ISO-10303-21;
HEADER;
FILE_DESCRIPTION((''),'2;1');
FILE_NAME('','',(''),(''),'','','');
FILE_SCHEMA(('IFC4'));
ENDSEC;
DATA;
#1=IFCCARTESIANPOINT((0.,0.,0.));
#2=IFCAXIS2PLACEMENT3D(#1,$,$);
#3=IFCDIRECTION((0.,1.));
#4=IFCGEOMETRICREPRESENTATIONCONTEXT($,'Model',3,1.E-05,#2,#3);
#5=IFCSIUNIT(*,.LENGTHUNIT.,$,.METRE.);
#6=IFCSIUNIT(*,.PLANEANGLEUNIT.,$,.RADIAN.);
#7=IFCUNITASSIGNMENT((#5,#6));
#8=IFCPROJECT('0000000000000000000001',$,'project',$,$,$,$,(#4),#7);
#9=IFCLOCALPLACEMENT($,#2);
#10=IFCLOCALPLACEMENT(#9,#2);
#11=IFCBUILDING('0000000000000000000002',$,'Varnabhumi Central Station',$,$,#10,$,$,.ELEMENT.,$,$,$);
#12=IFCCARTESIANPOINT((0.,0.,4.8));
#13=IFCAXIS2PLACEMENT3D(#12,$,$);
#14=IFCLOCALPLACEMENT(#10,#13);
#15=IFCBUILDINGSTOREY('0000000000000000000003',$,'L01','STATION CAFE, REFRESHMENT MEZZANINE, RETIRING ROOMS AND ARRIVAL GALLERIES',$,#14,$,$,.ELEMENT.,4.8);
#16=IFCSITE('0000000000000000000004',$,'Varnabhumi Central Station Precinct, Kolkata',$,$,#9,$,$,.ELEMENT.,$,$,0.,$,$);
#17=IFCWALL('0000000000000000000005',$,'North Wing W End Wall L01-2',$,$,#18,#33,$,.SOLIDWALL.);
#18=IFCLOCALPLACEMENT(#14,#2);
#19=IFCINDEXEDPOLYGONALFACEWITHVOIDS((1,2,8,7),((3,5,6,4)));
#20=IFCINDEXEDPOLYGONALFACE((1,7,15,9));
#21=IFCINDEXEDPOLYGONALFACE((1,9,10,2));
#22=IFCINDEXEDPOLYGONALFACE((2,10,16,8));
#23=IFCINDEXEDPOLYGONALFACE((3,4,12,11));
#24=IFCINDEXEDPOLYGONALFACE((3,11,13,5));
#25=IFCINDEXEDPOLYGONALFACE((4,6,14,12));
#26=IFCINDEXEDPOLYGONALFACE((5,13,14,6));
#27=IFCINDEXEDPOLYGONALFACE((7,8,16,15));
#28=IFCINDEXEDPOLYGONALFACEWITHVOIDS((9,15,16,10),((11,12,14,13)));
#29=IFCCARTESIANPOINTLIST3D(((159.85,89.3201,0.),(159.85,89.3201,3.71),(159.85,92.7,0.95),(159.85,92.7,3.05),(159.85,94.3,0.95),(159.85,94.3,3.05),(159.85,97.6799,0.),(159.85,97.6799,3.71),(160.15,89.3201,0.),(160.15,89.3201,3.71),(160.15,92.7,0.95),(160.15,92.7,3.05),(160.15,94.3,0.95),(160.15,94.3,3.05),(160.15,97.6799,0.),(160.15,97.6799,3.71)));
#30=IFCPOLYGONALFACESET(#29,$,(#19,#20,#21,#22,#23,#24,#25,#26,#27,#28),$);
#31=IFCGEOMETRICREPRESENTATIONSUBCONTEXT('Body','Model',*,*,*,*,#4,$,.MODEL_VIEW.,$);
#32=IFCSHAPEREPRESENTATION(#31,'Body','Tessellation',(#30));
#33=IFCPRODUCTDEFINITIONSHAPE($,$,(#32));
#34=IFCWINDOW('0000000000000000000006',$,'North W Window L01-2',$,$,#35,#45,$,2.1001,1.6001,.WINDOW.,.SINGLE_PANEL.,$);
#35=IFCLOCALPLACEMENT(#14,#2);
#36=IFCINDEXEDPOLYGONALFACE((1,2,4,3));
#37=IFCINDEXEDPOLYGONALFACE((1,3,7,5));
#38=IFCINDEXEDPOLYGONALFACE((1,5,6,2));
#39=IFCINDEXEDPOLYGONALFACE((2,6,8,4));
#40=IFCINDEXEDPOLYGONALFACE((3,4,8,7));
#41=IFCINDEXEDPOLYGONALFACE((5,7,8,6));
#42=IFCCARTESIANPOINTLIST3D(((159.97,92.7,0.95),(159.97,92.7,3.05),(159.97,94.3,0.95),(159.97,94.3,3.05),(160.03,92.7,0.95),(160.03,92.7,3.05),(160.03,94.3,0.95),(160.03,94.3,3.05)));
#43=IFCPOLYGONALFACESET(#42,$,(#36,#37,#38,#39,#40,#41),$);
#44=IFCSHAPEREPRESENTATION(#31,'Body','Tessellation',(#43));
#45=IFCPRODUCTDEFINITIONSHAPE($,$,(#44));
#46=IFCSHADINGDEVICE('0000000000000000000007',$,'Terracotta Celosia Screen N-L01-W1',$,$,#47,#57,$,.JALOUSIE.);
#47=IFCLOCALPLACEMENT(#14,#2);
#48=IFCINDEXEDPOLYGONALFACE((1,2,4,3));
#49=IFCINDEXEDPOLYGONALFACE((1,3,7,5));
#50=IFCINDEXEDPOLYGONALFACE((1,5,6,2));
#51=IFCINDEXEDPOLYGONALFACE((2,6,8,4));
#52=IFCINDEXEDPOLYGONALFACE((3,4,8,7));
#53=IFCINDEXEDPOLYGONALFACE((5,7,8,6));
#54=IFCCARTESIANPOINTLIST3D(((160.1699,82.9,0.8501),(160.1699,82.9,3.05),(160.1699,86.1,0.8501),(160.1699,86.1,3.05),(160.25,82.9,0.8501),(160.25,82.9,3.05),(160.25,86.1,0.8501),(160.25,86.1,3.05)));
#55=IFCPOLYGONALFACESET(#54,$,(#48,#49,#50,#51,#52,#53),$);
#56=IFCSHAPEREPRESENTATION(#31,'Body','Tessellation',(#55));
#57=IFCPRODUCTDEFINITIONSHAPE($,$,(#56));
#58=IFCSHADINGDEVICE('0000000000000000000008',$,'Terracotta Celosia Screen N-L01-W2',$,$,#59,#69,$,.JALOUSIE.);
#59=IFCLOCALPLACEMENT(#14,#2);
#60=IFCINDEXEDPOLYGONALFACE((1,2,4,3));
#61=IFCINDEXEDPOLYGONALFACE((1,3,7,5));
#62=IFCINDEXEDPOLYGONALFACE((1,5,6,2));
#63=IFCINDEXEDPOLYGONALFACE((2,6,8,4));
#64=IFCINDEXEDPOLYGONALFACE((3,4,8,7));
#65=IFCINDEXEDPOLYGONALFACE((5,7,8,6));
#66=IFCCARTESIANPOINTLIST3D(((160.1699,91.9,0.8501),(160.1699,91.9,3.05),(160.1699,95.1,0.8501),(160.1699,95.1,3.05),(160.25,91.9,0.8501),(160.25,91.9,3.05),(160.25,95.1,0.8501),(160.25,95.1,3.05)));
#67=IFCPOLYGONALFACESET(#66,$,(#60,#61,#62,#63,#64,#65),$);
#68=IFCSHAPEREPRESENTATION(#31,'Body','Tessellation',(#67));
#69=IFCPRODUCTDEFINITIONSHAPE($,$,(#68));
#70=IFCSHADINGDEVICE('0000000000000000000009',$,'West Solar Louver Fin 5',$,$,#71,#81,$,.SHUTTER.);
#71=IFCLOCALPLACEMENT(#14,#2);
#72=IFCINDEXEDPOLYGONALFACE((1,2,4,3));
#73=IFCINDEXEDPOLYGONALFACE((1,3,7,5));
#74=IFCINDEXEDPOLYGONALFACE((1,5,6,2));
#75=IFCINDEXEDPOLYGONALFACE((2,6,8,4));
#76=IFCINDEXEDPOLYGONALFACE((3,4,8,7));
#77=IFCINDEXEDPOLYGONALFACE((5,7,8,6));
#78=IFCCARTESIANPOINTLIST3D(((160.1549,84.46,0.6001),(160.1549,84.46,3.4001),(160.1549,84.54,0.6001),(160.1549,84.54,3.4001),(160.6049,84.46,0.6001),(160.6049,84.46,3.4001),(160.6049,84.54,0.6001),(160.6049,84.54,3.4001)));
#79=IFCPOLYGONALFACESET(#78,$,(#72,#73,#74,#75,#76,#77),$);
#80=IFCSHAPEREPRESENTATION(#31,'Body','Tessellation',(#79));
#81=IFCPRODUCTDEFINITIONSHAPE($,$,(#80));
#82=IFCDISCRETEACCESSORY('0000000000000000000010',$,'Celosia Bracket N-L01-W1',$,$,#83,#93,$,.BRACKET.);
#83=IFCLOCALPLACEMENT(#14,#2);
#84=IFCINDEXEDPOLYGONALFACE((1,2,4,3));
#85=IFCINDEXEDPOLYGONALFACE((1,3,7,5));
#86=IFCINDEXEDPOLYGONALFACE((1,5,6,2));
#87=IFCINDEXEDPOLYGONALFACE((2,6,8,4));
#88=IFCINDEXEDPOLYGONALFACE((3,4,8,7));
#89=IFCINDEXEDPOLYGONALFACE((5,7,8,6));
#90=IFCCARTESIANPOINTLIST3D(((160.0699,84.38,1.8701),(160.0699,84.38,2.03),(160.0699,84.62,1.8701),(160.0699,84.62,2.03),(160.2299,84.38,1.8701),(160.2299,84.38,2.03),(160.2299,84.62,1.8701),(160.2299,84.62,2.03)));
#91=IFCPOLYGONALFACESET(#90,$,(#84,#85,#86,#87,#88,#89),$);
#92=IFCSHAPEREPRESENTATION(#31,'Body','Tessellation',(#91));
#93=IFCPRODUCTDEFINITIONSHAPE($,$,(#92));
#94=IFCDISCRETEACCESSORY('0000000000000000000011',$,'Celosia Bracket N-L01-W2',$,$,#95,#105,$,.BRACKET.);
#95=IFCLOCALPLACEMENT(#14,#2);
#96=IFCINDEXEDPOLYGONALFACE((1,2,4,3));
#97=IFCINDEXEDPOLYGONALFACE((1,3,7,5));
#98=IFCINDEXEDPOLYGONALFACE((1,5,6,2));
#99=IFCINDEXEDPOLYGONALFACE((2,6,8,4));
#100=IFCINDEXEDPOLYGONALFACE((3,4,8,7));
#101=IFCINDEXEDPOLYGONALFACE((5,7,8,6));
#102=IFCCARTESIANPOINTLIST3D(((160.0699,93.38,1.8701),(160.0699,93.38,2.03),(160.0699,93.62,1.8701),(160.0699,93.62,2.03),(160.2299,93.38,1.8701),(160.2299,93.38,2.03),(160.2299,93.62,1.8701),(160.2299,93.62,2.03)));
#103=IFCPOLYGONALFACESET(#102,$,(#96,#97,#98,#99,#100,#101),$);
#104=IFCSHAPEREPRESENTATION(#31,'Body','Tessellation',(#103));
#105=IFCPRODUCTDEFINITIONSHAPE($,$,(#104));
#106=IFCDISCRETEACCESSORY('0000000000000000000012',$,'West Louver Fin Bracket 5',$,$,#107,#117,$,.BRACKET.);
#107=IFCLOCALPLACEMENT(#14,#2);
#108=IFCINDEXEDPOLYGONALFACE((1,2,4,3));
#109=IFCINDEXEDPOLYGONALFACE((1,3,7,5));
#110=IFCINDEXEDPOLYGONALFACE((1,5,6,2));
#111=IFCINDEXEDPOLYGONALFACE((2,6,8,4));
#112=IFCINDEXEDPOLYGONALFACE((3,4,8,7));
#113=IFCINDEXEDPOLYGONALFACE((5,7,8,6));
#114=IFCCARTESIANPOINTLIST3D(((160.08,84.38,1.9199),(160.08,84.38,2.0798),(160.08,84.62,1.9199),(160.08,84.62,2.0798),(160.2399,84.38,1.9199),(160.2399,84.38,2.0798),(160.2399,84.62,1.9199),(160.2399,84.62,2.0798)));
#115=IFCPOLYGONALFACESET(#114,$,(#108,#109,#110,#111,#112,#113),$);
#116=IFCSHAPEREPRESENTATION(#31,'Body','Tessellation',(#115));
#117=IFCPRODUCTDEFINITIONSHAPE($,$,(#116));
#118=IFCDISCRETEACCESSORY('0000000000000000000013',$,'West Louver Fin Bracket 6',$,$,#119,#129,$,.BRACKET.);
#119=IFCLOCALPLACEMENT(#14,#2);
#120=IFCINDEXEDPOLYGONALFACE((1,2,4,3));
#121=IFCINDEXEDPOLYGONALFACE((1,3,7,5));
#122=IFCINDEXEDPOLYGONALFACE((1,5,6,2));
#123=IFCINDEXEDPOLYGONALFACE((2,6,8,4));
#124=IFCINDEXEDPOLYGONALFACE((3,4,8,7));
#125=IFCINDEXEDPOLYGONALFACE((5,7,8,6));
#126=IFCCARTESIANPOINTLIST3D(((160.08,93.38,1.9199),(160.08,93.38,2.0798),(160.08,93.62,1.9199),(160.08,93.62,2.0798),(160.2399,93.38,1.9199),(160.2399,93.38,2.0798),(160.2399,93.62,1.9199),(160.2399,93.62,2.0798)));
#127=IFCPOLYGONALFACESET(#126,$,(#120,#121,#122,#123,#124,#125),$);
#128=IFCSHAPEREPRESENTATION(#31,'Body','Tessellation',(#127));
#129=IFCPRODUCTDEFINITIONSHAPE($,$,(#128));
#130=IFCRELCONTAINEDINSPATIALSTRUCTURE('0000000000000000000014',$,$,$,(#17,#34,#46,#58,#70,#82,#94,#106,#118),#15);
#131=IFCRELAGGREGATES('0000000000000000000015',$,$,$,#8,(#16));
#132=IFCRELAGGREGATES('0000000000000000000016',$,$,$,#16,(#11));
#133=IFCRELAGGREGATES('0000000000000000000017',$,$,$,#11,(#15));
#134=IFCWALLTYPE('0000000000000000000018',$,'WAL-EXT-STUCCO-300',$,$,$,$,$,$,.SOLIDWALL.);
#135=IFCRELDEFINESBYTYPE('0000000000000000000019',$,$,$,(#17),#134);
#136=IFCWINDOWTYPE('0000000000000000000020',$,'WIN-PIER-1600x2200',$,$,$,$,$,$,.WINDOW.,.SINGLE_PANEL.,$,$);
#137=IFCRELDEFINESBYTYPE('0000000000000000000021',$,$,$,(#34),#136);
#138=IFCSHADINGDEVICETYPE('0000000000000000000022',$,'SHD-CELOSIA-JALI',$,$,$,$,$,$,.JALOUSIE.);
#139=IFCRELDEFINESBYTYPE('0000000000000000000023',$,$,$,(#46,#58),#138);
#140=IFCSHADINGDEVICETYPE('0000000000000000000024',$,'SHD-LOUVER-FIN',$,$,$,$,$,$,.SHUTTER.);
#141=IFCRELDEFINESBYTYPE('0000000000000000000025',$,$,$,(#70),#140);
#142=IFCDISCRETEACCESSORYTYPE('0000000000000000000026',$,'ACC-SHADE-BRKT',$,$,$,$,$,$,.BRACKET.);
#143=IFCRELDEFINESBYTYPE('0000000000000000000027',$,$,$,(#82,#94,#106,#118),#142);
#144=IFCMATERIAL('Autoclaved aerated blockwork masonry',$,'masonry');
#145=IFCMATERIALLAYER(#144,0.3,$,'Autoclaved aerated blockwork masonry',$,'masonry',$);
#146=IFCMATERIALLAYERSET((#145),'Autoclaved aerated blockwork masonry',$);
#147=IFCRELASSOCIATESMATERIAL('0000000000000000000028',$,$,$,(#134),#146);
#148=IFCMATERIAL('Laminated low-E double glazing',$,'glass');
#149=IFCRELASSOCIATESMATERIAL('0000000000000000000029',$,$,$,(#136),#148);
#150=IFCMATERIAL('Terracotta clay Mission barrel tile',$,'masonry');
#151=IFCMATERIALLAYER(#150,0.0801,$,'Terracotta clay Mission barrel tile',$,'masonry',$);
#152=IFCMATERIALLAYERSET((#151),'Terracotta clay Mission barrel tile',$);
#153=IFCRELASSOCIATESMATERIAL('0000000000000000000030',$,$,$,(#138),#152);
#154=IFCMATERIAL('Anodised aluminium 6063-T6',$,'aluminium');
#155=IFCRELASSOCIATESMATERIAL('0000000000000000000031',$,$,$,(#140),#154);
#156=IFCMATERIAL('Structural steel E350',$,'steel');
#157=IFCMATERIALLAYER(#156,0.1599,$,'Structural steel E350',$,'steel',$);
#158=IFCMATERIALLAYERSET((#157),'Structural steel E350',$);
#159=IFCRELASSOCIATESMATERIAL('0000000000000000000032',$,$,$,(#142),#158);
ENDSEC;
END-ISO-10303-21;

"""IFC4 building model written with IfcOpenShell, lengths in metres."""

from ifc_helpers import new_model, si_unit, direction, frame, frame_2d, origin, origin_2d, place, context, subcontext, project, spatial, rectangle, extrude, material, layer, layer_set, type_object, element, fill, save


model = new_model("IFC4")

# Units and contexts
model_context = context("Model", 3, precision=1e-05, world=origin(), true_north=direction((0.0, 1.0)))
body_context = subcontext(model_context, "Body", "Model", "MODEL_VIEW")
ifc_project = project(units=[si_unit("LENGTHUNIT", "METRE"), si_unit("PLANEANGLEUNIT", "RADIAN")], contexts=[model_context])

# Site, building, storey
site_placement = place(None, origin())
site = spatial("IfcSite", under=ifc_project, at=site_placement, Name="Varnabhumi Central Station Precinct, Kolkata", CompositionType="ELEMENT", RefElevation=0.0)
building_placement = place(site_placement, origin())
building = spatial("IfcBuilding", under=site, at=building_placement, Name="Varnabhumi Central Station", CompositionType="ELEMENT")
storey_placement = place(building_placement, frame((0.0, 0.0, 4.8)))
storey = spatial("IfcBuildingStorey", under=building, at=storey_placement, Name="L01", Description="STATION CAFE, REFRESHMENT MEZZANINE, RETIRING ROOMS AND ARRIVAL GALLERIES", CompositionType="ELEMENT", Elevation=4.8)

# Shared definitions
ifc_material_1 = material(Name="Structural steel E350", Category="steel")

# Shared definitions
ifc_material_2 = material(Name="Anodised aluminium 6063-T6", Category="aluminium")

# Wall, opening, window
ifc_material_3 = material(Name="Autoclaved aerated blockwork masonry", Category="masonry")
ifc_layer_1 = layer(ifc_material_3, 0.3, Name="Autoclaved aerated blockwork masonry", Category="masonry")
ifc_layer_set_1 = layer_set([ifc_layer_1], Name="Autoclaved aerated blockwork masonry")
wall_type = type_object("IfcWallType", Name="WAL-EXT-STUCCO-300", PredefinedType="SOLIDWALL", material=ifc_layer_set_1)
ifc_material_4 = material(Name="Laminated low-E double glazing", Category="glass")
window_type = type_object("IfcWindowType", Name="WIN-PIER-1600x2200", PartitioningType="SINGLE_PANEL", PredefinedType="WINDOW", material=ifc_material_4)
wall_1_placement = place(storey_placement, frame((160.0, 89.3201, 0.0), z_axis=(0.0, 0.0, 1.0), x_axis=(0.0, 1.0, 0.0)))
wall_1 = element("IfcWall", 1, at=wall_1_placement, inside=storey, type_object=wall_type, Name="North Wing W End Wall L01-2", PredefinedType="SOLIDWALL", context=body_context, shape_type="SweptSolid", body=[
    extrude(rectangle(XDim=8.3599, YDim=0.3, at=frame_2d((4.1799, 0.0))), origin(), (0.0, 0.0, 1.0), 3.71),
])
opening_1_placement = place(wall_1_placement, frame((3.3799, 0.0, 0.95)))
opening_1 = element("IfcOpeningElement", 2, at=opening_1_placement, cuts=wall_1, PredefinedType="OPENING", context=body_context, shape_type="SweptSolid", body=[
    extrude(rectangle(XDim=1.6001, YDim=2.1001, at=frame_2d((0.8, 1.05))), frame((0.0, 0.1599, 0.0), z_axis=(0.0, -1.0, 0.0), x_axis=(1.0, 0.0, 0.0)), (0.0, 0.0, 1.0), 0.3201),
])
window_1_placement = place(opening_1_placement, origin())
window_1 = element("IfcWindow", 3, at=window_1_placement, inside=storey, type_object=window_type, Name="North W Window L01-2", OverallHeight=2.1001, OverallWidth=1.6001, PartitioningType="SINGLE_PANEL", PredefinedType="WINDOW", context=body_context, shape_type="SweptSolid", body=[
    extrude(rectangle(XDim=1.6001, YDim=2.1001, at=frame_2d((0.8, 1.05))), frame((0.0, 0.03, 0.0), z_axis=(0.0, -1.0, 0.0), x_axis=(1.0, 0.0, 0.0)), (0.0, 0.0, 1.0), 0.0601),
])
fill(opening_1, window_1)

# Shading devices
ifc_material_5 = material(Name="Terracotta clay Mission barrel tile", Category="masonry")
ifc_layer_2 = layer(ifc_material_5, 0.0801, Name="Terracotta clay Mission barrel tile", Category="masonry")
ifc_layer_set_2 = layer_set([ifc_layer_2], Name="Terracotta clay Mission barrel tile")
shading_device_type_1 = type_object("IfcShadingDeviceType", Name="SHD-CELOSIA-JALI", PredefinedType="JALOUSIE", material=ifc_layer_set_2)
for number, where, z_axis, x_axis, name in (
    (4, (160.21, 84.5, 0.8501), (0.0, 0.0, 1.0), (1.0, 0.0, 0.0), "Terracotta Celosia Screen N-L01-W1"),
    (5, (160.21, 93.5, 0.8501), (0.0, 0.0, 1.0), (1.0, 0.0, 0.0), "Terracotta Celosia Screen N-L01-W2"),
):
    element("IfcShadingDevice", number, at=place(storey_placement, frame(where, z_axis=z_axis, x_axis=x_axis)), inside=storey, type_object=shading_device_type_1, Name=name, PredefinedType="JALOUSIE", context=body_context, shape_type="SweptSolid", body=[
        extrude(rectangle(XDim=0.0801, YDim=3.2, at=origin_2d()), origin(), (0.0, 0.0, 1.0), 2.2),
    ])
shading_device_type_2 = type_object("IfcShadingDeviceType", Name="SHD-LOUVER-FIN", PredefinedType="SHUTTER", material=ifc_material_2)
shading_device_placement = place(storey_placement, frame((160.3799, 84.5, 0.6001), z_axis=(0.0, 0.0, 1.0), x_axis=(1.0, 0.0, 0.0)))
element("IfcShadingDevice", 6, at=shading_device_placement, inside=storey, type_object=shading_device_type_2, Name="West Solar Louver Fin 5", PredefinedType="SHUTTER", context=body_context, shape_type="SweptSolid", body=[
    extrude(rectangle(XDim=0.45, YDim=0.0801, at=origin_2d()), origin(), (0.0, 0.0, 1.0), 2.8),
])

# Discrete accessories
ifc_layer_3 = layer(ifc_material_1, 0.1599, Name="Structural steel E350", Category="steel")
ifc_layer_set_3 = layer_set([ifc_layer_3], Name="Structural steel E350")
discrete_accessory_type = type_object("IfcDiscreteAccessoryType", Name="ACC-SHADE-BRKT", PredefinedType="BRACKET", material=ifc_layer_set_3)
for number, where, z_axis, x_axis, name in (
    (7, (160.1499, 84.5, 1.8701), (0.0, 0.0, 1.0), (1.0, 0.0, 0.0), "Celosia Bracket N-L01-W1"),
    (8, (160.1499, 93.5, 1.8701), (0.0, 0.0, 1.0), (1.0, 0.0, 0.0), "Celosia Bracket N-L01-W2"),
    (9, (160.1599, 84.5, 1.9199), (0.0, 0.0, 1.0), (1.0, 0.0, 0.0), "West Louver Fin Bracket 5"),
    (10, (160.1599, 93.5, 1.9199), (0.0, 0.0, 1.0), (1.0, 0.0, 0.0), "West Louver Fin Bracket 6"),
):
    element("IfcDiscreteAccessory", number, at=place(storey_placement, frame(where, z_axis=z_axis, x_axis=x_axis)), inside=storey, type_object=discrete_accessory_type, Name=name, PredefinedType="BRACKET", context=body_context, shape_type="SweptSolid", body=[
        extrude(rectangle(XDim=0.1599, YDim=0.24, at=origin_2d()), origin(), (0.0, 0.0, 1.0), 0.1599),
    ])

save(model, "model.ifc")
